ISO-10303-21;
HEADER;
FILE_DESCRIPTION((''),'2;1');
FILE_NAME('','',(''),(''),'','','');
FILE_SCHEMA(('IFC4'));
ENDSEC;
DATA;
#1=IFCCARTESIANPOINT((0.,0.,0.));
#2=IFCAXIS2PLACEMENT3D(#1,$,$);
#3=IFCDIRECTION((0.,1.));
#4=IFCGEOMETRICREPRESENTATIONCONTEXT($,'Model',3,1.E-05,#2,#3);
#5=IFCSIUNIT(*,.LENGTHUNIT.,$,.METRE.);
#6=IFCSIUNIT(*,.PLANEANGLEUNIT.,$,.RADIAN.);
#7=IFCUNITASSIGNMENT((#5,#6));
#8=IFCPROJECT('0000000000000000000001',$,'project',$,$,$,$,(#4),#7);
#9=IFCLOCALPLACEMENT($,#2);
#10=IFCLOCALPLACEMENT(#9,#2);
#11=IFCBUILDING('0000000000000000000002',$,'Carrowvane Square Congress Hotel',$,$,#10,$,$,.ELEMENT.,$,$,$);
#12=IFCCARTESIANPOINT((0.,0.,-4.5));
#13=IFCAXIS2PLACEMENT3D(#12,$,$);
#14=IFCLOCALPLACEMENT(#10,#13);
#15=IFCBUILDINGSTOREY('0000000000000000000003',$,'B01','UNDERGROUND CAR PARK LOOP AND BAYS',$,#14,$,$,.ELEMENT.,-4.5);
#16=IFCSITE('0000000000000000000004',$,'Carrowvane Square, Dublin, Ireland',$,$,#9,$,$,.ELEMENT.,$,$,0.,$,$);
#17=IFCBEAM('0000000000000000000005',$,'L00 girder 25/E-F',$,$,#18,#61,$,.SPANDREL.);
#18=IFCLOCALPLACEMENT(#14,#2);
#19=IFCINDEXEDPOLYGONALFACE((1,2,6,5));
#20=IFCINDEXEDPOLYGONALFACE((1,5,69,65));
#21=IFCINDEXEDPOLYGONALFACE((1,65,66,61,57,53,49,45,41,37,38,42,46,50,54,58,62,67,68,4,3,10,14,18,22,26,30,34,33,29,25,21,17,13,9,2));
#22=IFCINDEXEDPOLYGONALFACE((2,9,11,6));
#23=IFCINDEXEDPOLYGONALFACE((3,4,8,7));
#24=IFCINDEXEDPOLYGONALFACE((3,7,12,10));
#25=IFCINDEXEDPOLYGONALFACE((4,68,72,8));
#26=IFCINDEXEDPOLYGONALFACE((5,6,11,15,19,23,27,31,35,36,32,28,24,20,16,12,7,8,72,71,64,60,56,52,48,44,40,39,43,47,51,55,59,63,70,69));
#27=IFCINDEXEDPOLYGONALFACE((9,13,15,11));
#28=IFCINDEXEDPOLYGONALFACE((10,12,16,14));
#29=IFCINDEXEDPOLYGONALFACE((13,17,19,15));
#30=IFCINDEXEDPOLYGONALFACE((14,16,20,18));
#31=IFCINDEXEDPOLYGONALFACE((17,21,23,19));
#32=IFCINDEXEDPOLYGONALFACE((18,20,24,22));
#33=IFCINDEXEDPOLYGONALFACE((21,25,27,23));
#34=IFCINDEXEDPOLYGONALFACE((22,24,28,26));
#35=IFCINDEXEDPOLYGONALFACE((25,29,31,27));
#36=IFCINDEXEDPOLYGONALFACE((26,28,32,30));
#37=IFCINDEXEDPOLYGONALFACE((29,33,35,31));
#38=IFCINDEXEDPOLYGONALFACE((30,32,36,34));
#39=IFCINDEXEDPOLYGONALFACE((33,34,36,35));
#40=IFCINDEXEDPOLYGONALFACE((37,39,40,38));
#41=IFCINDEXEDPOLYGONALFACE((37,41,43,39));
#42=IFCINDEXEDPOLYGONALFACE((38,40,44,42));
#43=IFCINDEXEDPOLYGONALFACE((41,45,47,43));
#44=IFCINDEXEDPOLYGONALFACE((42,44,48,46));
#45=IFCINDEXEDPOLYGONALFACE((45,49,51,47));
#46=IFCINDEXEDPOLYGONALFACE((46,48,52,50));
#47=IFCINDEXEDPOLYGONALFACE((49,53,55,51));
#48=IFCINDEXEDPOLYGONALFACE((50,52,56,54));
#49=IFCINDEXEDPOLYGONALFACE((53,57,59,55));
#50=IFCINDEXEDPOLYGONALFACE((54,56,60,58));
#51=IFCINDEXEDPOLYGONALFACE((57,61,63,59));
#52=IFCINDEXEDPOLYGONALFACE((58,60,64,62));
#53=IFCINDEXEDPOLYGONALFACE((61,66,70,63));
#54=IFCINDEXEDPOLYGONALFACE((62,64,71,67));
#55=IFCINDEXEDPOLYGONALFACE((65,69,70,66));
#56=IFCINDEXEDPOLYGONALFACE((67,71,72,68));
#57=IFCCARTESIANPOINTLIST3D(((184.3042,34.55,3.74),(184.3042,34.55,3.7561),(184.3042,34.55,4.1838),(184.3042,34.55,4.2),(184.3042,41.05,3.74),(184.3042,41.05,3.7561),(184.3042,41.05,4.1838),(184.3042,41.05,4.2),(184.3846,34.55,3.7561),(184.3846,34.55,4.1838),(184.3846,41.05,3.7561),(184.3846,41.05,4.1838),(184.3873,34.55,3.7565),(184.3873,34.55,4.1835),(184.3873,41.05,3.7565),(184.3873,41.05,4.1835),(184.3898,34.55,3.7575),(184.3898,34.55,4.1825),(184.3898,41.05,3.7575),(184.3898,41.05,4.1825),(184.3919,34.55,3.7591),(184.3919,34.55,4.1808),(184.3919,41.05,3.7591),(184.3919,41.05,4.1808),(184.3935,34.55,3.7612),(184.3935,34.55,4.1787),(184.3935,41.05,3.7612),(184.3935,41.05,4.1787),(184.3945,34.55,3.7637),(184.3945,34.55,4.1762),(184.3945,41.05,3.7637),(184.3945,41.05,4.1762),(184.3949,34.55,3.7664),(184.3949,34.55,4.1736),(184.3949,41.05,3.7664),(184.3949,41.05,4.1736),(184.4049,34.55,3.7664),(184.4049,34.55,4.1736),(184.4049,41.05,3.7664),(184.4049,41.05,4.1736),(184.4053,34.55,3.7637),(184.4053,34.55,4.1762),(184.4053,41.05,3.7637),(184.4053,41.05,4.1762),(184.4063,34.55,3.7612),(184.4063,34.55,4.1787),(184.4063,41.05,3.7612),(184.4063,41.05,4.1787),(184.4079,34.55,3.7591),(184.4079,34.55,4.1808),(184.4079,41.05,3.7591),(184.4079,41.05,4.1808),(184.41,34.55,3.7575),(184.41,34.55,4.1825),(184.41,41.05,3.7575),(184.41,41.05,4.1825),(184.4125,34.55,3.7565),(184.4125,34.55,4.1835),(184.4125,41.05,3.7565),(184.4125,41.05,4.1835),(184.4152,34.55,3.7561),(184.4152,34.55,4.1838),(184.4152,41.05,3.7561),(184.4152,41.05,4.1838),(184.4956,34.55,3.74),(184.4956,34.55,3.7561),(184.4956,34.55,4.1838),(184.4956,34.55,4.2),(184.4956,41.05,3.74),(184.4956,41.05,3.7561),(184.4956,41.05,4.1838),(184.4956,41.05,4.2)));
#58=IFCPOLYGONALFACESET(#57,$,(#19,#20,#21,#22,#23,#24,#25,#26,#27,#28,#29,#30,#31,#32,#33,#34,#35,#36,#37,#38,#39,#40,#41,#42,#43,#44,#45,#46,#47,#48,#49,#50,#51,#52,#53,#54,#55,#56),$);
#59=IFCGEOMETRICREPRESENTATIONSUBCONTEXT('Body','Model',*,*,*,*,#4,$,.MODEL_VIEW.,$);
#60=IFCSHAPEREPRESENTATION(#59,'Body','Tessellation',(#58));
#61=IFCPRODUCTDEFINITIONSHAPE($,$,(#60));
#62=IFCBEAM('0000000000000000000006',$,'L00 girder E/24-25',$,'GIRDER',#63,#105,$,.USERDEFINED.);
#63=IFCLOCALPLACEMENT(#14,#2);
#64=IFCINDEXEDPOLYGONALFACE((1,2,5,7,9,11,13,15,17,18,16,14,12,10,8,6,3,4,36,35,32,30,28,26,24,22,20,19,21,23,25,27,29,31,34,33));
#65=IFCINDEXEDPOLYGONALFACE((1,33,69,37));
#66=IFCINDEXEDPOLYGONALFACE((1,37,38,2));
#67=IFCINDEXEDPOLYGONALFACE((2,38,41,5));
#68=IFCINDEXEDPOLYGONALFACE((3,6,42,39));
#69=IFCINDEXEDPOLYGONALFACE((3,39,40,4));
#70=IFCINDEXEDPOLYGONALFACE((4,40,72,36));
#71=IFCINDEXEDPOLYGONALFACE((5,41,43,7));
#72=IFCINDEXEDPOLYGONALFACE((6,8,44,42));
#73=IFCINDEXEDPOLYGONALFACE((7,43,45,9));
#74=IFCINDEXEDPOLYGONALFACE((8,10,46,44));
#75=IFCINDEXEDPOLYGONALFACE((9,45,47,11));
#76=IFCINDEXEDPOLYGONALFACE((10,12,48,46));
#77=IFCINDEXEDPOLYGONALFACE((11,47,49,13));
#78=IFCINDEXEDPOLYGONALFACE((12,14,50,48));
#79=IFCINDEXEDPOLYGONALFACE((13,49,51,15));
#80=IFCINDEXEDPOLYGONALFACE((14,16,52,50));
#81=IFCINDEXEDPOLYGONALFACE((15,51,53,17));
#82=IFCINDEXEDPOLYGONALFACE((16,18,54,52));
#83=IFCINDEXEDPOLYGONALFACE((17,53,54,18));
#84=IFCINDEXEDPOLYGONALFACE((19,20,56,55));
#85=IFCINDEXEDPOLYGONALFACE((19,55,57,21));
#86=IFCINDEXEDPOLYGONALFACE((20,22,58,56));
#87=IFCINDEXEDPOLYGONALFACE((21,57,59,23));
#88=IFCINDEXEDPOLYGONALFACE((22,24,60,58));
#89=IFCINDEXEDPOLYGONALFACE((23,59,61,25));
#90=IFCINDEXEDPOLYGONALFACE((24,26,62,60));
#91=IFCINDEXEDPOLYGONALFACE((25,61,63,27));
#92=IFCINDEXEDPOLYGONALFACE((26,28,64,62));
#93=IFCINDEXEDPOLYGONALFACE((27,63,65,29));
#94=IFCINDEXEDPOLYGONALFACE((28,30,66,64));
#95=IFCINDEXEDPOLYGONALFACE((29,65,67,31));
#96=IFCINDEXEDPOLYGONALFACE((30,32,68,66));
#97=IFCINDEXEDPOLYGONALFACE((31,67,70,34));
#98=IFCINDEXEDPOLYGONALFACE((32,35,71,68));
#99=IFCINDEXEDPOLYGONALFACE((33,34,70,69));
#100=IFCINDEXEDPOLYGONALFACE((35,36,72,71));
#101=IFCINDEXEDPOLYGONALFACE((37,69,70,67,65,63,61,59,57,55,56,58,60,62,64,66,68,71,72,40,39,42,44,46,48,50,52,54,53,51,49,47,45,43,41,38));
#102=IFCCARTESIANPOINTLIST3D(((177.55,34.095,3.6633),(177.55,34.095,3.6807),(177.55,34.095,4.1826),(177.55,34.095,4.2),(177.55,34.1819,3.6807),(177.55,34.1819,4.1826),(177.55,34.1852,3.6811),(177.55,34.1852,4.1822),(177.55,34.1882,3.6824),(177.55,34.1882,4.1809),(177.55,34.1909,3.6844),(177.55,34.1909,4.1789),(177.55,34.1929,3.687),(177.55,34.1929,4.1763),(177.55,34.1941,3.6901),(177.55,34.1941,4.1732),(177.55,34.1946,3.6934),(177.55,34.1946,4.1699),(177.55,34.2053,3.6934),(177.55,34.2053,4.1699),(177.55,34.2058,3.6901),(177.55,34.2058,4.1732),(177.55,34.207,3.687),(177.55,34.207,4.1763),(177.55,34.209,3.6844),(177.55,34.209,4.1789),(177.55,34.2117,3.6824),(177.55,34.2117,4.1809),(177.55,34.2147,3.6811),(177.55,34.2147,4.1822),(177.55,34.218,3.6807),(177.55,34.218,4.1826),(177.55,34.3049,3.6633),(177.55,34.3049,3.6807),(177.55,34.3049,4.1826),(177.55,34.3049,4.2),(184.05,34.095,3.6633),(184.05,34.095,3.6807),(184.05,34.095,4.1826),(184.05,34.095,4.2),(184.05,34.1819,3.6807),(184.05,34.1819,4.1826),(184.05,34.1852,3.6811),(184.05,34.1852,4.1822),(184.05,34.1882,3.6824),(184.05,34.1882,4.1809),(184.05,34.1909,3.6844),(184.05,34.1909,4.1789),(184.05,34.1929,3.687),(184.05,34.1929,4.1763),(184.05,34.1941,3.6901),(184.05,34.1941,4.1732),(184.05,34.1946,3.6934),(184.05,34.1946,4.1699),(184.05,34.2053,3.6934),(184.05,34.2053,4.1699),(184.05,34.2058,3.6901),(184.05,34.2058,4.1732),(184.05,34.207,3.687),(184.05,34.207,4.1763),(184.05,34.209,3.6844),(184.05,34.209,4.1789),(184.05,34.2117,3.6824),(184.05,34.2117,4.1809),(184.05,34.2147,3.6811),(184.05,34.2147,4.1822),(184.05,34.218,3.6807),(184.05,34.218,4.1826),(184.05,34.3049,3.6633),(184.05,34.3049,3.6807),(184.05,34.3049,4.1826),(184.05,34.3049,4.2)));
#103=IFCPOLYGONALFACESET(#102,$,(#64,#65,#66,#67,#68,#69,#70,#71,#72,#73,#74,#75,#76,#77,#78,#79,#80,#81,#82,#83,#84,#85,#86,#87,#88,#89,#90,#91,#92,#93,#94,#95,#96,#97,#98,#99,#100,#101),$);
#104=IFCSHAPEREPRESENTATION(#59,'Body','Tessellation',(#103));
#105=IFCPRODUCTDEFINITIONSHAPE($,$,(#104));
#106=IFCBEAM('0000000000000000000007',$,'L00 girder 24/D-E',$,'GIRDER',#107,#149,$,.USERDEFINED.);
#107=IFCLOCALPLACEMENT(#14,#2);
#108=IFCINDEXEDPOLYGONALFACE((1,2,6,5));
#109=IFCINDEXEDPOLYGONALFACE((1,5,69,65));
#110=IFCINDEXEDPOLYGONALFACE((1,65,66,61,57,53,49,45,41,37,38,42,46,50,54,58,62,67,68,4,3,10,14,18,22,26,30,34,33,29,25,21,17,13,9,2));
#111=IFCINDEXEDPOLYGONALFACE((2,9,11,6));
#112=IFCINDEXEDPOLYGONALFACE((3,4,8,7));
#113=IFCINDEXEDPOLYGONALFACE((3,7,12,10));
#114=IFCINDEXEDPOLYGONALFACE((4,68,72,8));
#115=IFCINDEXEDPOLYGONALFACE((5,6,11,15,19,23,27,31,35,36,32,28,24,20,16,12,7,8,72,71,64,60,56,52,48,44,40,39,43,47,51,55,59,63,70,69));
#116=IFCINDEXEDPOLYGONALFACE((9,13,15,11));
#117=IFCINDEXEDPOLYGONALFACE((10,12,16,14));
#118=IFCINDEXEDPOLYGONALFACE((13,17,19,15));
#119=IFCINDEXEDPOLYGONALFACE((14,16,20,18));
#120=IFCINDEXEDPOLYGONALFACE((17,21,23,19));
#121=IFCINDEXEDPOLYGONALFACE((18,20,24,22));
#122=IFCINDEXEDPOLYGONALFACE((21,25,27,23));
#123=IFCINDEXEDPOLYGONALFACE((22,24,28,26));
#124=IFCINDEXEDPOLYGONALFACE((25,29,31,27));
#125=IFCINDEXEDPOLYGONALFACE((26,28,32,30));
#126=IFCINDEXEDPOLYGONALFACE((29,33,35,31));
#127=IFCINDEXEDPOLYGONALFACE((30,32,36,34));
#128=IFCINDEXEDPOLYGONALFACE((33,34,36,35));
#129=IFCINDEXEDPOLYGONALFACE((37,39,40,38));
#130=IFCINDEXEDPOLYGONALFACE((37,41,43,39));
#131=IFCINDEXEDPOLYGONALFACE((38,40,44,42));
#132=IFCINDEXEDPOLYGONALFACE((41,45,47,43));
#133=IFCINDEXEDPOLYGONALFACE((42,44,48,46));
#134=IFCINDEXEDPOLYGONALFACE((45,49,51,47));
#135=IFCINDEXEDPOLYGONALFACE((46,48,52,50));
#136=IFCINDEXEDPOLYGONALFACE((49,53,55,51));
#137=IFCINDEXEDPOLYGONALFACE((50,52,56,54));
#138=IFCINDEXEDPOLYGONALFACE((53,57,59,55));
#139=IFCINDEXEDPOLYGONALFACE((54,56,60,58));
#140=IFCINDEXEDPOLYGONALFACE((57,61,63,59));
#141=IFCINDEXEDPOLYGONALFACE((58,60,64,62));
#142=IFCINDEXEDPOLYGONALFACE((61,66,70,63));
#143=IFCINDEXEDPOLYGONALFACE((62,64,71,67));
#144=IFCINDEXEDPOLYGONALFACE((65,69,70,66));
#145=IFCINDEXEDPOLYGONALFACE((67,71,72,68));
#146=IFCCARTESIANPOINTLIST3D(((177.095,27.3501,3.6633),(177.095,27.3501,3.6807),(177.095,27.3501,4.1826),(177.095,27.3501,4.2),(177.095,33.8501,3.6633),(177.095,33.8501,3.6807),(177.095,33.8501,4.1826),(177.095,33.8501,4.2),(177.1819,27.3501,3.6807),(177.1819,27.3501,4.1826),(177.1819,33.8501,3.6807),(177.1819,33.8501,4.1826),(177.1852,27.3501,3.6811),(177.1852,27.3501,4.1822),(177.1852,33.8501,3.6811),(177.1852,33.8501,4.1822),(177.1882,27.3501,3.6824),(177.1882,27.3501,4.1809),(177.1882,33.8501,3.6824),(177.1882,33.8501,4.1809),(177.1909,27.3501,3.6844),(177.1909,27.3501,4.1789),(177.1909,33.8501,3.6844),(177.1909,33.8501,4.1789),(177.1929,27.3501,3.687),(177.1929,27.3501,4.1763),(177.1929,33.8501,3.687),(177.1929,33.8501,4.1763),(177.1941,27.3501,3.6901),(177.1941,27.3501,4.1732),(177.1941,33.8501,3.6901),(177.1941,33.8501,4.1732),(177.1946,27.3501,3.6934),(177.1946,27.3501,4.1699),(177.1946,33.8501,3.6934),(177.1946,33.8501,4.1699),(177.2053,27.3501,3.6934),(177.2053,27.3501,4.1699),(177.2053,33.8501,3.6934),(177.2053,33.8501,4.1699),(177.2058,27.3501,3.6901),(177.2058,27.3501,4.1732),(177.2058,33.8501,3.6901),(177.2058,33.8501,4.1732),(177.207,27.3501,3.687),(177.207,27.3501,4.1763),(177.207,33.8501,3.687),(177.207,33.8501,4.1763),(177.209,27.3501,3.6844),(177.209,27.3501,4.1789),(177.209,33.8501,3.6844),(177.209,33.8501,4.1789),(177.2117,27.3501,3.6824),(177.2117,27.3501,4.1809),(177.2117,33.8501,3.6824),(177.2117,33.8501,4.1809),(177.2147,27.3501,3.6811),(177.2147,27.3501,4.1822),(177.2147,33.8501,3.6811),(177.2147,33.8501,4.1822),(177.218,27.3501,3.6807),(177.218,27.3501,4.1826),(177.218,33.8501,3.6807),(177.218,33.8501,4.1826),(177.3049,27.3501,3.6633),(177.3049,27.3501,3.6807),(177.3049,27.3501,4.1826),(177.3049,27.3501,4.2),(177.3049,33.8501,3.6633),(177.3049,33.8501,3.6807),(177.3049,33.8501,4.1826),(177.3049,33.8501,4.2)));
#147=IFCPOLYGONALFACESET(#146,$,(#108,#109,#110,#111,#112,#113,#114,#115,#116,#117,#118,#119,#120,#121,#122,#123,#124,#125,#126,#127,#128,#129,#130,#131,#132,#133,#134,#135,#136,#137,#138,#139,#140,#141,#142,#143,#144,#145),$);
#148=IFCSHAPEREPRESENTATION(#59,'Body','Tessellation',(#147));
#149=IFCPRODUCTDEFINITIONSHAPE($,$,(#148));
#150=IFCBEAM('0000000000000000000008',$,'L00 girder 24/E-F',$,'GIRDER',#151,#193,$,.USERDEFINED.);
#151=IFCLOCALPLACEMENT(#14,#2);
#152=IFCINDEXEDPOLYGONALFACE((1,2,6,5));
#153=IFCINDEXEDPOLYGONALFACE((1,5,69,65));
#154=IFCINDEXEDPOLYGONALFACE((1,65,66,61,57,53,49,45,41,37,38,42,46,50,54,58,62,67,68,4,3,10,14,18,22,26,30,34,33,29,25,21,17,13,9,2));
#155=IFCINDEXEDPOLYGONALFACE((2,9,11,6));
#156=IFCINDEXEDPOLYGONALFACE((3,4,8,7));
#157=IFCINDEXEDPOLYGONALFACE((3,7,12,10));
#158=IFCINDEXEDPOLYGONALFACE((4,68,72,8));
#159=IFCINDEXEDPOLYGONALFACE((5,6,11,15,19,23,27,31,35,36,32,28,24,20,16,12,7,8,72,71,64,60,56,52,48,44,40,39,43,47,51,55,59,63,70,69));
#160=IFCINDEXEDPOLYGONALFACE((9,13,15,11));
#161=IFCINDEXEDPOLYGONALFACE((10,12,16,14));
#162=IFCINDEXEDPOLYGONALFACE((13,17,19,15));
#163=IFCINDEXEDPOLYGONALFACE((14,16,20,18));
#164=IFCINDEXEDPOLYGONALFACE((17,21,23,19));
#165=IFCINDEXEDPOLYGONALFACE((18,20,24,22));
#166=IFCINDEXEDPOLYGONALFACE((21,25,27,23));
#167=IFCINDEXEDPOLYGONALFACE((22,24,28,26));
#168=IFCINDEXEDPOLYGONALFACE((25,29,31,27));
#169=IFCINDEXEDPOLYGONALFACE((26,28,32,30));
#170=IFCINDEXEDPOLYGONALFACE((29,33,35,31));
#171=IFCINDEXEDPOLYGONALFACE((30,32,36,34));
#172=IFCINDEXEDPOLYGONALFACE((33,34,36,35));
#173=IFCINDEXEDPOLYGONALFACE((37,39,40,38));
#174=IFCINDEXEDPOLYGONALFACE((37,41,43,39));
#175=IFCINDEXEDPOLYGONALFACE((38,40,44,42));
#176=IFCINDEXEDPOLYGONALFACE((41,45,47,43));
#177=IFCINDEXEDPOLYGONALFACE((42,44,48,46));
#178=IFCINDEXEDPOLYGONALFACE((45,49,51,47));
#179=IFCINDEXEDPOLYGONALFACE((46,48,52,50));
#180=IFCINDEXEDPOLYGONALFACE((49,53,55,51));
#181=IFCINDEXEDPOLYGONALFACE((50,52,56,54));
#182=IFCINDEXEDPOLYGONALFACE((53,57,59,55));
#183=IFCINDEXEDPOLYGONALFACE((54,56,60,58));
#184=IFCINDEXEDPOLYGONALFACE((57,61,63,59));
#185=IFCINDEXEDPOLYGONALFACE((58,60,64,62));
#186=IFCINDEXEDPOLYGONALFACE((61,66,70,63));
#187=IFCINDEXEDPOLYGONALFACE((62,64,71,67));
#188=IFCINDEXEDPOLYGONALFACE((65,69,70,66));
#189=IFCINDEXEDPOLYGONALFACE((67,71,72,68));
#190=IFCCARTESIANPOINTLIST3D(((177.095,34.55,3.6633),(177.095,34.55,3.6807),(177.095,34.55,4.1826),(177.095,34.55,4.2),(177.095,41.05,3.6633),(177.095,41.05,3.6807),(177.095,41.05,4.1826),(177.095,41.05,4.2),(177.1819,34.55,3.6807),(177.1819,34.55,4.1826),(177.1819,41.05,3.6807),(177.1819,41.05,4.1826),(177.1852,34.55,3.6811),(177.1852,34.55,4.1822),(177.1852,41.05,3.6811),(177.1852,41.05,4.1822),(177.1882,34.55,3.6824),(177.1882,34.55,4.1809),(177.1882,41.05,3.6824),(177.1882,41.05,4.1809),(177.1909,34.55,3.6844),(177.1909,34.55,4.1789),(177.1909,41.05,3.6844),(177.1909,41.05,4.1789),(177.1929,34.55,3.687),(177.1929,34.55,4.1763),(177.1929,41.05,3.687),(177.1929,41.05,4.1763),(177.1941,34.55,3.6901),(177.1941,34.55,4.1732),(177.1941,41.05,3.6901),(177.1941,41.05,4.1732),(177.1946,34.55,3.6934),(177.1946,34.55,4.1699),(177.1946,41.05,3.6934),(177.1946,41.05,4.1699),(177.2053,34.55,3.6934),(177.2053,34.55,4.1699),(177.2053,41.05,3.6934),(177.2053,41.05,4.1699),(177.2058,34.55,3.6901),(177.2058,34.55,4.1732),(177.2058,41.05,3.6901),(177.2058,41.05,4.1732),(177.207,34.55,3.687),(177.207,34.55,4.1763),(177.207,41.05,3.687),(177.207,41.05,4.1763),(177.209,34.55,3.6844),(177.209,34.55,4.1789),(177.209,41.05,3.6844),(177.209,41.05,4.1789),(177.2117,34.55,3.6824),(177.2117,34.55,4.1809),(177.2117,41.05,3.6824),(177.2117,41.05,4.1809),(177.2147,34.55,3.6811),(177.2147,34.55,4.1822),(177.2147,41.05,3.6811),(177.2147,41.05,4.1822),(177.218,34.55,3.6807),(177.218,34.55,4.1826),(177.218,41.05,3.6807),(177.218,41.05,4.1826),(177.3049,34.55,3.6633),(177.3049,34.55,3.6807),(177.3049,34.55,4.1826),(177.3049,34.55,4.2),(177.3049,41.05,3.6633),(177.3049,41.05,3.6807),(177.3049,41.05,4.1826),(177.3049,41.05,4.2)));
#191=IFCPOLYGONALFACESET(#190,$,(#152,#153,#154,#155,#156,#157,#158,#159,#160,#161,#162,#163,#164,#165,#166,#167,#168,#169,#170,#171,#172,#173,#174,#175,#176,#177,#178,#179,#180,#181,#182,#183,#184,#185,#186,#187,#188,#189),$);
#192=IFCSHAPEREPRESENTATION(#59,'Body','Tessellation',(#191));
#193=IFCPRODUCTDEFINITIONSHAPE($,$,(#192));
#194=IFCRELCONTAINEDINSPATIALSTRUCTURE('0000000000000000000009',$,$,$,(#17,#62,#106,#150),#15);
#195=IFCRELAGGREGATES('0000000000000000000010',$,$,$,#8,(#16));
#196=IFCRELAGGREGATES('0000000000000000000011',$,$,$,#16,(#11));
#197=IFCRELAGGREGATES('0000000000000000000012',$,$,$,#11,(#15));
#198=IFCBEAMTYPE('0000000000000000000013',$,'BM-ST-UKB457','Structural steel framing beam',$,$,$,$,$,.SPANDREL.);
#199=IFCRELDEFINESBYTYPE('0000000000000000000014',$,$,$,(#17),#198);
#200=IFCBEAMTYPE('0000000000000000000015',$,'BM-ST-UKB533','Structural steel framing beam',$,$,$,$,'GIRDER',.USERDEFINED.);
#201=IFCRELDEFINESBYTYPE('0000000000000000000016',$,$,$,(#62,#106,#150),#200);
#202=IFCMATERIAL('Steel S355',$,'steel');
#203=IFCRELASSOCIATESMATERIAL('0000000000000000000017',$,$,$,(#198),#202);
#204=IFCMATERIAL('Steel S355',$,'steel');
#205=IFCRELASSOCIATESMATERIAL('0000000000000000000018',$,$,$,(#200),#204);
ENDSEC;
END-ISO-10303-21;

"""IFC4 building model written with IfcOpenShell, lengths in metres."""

from ifc_helpers import new_model, si_unit, direction, frame, origin, origin_2d, place, context, subcontext, project, spatial, i_section, extrude, material, material_profile, profile_set, type_object, element, save


model = new_model("IFC4")

# Units and contexts
model_context = context("Model", 3, precision=1e-05, world=origin(), true_north=direction((0.0, 1.0)))
body_context = subcontext(model_context, "Body", "Model", "MODEL_VIEW")
ifc_project = project(units=[si_unit("LENGTHUNIT", "METRE"), si_unit("PLANEANGLEUNIT", "RADIAN")], contexts=[model_context])

# Site, building, storey
site_placement = place(None, origin())
site = spatial("IfcSite", under=ifc_project, at=site_placement, Name="Carrowvane Square, Dublin, Ireland", CompositionType="ELEMENT", RefElevation=0.0)
building_placement = place(site_placement, origin())
building = spatial("IfcBuilding", under=site, at=building_placement, Name="Carrowvane Square Congress Hotel", CompositionType="ELEMENT")
storey_placement = place(building_placement, frame((0.0, 0.0, -4.5)))
storey = spatial("IfcBuildingStorey", under=building, at=storey_placement, Name="B01", Description="UNDERGROUND CAR PARK LOOP AND BAYS", CompositionType="ELEMENT", Elevation=-4.5)

# Beams
ifc_material_1 = material(Name="Steel S355", Category="steel")
ifc_material_profile_1 = material_profile(ifc_material_1, i_section(OverallWidth=0.1914, OverallDepth=0.46, WebThickness=0.01, FlangeThickness=0.0161, FilletRadius=0.0103, at=origin_2d()), Name="UKB 457x191x82")
ifc_profile_set_1 = profile_set([ifc_material_profile_1], Name="Steel S355")
beam_type_1 = type_object("IfcBeamType", Name="BM-ST-UKB457", Description="Structural steel framing beam", PredefinedType="SPANDREL", material=ifc_profile_set_1)
for number, where, z_axis, x_axis, name in (
    (1, (184.3999, 34.55, 3.97), (0.0, 1.0, 0.0), (-1.0, 0.0, 0.0), "L00 girder 25/E-F"),
):
    element("IfcBeam", number, at=place(storey_placement, frame(where, z_axis=z_axis, x_axis=x_axis)), inside=storey, type_object=beam_type_1, Name=name, PredefinedType="SPANDREL", context=body_context, shape_type="SweptSolid", body=[
        extrude(i_section(OverallWidth=0.1914, OverallDepth=0.46, WebThickness=0.01, FlangeThickness=0.0161, FilletRadius=0.0103, at=origin_2d()), origin(), (0.0, 0.0, 1.0), 6.5),
    ])
ifc_material_2 = material(Name="Steel S355", Category="steel")
ifc_material_profile_2 = material_profile(ifc_material_2, i_section(OverallWidth=0.21, OverallDepth=0.5366, WebThickness=0.0107, FlangeThickness=0.0173, FilletRadius=0.0127, at=origin_2d()), Name="UKB 533x210x101")
ifc_profile_set_2 = profile_set([ifc_material_profile_2], Name="Steel S355")
beam_type_2 = type_object("IfcBeamType", Name="BM-ST-UKB533", Description="Structural steel framing beam", ElementType="GIRDER", PredefinedType="USERDEFINED", material=ifc_profile_set_2)
for number, where, z_axis, x_axis, name in (
    (2, (177.55, 34.2, 3.9316), (1.0, 0.0, 0.0), (0.0, 1.0, 0.0), "L00 girder E/24-25"),
    (3, (177.2, 27.3501, 3.9316), (0.0, 1.0, 0.0), (-1.0, 0.0, 0.0), "L00 girder 24/D-E"),
    (4, (177.2, 34.55, 3.9316), (0.0, 1.0, 0.0), (-1.0, 0.0, 0.0), "L00 girder 24/E-F"),
):
    element("IfcBeam", number, at=place(storey_placement, frame(where, z_axis=z_axis, x_axis=x_axis)), inside=storey, type_object=beam_type_2, Name=name, ObjectType="GIRDER", PredefinedType="USERDEFINED", context=body_context, shape_type="SweptSolid", body=[
        extrude(i_section(OverallWidth=0.21, OverallDepth=0.5366, WebThickness=0.0107, FlangeThickness=0.0173, FilletRadius=0.0127, at=origin_2d()), origin(), (0.0, 0.0, 1.0), 6.5),
    ])

save(model, "model.ifc")
